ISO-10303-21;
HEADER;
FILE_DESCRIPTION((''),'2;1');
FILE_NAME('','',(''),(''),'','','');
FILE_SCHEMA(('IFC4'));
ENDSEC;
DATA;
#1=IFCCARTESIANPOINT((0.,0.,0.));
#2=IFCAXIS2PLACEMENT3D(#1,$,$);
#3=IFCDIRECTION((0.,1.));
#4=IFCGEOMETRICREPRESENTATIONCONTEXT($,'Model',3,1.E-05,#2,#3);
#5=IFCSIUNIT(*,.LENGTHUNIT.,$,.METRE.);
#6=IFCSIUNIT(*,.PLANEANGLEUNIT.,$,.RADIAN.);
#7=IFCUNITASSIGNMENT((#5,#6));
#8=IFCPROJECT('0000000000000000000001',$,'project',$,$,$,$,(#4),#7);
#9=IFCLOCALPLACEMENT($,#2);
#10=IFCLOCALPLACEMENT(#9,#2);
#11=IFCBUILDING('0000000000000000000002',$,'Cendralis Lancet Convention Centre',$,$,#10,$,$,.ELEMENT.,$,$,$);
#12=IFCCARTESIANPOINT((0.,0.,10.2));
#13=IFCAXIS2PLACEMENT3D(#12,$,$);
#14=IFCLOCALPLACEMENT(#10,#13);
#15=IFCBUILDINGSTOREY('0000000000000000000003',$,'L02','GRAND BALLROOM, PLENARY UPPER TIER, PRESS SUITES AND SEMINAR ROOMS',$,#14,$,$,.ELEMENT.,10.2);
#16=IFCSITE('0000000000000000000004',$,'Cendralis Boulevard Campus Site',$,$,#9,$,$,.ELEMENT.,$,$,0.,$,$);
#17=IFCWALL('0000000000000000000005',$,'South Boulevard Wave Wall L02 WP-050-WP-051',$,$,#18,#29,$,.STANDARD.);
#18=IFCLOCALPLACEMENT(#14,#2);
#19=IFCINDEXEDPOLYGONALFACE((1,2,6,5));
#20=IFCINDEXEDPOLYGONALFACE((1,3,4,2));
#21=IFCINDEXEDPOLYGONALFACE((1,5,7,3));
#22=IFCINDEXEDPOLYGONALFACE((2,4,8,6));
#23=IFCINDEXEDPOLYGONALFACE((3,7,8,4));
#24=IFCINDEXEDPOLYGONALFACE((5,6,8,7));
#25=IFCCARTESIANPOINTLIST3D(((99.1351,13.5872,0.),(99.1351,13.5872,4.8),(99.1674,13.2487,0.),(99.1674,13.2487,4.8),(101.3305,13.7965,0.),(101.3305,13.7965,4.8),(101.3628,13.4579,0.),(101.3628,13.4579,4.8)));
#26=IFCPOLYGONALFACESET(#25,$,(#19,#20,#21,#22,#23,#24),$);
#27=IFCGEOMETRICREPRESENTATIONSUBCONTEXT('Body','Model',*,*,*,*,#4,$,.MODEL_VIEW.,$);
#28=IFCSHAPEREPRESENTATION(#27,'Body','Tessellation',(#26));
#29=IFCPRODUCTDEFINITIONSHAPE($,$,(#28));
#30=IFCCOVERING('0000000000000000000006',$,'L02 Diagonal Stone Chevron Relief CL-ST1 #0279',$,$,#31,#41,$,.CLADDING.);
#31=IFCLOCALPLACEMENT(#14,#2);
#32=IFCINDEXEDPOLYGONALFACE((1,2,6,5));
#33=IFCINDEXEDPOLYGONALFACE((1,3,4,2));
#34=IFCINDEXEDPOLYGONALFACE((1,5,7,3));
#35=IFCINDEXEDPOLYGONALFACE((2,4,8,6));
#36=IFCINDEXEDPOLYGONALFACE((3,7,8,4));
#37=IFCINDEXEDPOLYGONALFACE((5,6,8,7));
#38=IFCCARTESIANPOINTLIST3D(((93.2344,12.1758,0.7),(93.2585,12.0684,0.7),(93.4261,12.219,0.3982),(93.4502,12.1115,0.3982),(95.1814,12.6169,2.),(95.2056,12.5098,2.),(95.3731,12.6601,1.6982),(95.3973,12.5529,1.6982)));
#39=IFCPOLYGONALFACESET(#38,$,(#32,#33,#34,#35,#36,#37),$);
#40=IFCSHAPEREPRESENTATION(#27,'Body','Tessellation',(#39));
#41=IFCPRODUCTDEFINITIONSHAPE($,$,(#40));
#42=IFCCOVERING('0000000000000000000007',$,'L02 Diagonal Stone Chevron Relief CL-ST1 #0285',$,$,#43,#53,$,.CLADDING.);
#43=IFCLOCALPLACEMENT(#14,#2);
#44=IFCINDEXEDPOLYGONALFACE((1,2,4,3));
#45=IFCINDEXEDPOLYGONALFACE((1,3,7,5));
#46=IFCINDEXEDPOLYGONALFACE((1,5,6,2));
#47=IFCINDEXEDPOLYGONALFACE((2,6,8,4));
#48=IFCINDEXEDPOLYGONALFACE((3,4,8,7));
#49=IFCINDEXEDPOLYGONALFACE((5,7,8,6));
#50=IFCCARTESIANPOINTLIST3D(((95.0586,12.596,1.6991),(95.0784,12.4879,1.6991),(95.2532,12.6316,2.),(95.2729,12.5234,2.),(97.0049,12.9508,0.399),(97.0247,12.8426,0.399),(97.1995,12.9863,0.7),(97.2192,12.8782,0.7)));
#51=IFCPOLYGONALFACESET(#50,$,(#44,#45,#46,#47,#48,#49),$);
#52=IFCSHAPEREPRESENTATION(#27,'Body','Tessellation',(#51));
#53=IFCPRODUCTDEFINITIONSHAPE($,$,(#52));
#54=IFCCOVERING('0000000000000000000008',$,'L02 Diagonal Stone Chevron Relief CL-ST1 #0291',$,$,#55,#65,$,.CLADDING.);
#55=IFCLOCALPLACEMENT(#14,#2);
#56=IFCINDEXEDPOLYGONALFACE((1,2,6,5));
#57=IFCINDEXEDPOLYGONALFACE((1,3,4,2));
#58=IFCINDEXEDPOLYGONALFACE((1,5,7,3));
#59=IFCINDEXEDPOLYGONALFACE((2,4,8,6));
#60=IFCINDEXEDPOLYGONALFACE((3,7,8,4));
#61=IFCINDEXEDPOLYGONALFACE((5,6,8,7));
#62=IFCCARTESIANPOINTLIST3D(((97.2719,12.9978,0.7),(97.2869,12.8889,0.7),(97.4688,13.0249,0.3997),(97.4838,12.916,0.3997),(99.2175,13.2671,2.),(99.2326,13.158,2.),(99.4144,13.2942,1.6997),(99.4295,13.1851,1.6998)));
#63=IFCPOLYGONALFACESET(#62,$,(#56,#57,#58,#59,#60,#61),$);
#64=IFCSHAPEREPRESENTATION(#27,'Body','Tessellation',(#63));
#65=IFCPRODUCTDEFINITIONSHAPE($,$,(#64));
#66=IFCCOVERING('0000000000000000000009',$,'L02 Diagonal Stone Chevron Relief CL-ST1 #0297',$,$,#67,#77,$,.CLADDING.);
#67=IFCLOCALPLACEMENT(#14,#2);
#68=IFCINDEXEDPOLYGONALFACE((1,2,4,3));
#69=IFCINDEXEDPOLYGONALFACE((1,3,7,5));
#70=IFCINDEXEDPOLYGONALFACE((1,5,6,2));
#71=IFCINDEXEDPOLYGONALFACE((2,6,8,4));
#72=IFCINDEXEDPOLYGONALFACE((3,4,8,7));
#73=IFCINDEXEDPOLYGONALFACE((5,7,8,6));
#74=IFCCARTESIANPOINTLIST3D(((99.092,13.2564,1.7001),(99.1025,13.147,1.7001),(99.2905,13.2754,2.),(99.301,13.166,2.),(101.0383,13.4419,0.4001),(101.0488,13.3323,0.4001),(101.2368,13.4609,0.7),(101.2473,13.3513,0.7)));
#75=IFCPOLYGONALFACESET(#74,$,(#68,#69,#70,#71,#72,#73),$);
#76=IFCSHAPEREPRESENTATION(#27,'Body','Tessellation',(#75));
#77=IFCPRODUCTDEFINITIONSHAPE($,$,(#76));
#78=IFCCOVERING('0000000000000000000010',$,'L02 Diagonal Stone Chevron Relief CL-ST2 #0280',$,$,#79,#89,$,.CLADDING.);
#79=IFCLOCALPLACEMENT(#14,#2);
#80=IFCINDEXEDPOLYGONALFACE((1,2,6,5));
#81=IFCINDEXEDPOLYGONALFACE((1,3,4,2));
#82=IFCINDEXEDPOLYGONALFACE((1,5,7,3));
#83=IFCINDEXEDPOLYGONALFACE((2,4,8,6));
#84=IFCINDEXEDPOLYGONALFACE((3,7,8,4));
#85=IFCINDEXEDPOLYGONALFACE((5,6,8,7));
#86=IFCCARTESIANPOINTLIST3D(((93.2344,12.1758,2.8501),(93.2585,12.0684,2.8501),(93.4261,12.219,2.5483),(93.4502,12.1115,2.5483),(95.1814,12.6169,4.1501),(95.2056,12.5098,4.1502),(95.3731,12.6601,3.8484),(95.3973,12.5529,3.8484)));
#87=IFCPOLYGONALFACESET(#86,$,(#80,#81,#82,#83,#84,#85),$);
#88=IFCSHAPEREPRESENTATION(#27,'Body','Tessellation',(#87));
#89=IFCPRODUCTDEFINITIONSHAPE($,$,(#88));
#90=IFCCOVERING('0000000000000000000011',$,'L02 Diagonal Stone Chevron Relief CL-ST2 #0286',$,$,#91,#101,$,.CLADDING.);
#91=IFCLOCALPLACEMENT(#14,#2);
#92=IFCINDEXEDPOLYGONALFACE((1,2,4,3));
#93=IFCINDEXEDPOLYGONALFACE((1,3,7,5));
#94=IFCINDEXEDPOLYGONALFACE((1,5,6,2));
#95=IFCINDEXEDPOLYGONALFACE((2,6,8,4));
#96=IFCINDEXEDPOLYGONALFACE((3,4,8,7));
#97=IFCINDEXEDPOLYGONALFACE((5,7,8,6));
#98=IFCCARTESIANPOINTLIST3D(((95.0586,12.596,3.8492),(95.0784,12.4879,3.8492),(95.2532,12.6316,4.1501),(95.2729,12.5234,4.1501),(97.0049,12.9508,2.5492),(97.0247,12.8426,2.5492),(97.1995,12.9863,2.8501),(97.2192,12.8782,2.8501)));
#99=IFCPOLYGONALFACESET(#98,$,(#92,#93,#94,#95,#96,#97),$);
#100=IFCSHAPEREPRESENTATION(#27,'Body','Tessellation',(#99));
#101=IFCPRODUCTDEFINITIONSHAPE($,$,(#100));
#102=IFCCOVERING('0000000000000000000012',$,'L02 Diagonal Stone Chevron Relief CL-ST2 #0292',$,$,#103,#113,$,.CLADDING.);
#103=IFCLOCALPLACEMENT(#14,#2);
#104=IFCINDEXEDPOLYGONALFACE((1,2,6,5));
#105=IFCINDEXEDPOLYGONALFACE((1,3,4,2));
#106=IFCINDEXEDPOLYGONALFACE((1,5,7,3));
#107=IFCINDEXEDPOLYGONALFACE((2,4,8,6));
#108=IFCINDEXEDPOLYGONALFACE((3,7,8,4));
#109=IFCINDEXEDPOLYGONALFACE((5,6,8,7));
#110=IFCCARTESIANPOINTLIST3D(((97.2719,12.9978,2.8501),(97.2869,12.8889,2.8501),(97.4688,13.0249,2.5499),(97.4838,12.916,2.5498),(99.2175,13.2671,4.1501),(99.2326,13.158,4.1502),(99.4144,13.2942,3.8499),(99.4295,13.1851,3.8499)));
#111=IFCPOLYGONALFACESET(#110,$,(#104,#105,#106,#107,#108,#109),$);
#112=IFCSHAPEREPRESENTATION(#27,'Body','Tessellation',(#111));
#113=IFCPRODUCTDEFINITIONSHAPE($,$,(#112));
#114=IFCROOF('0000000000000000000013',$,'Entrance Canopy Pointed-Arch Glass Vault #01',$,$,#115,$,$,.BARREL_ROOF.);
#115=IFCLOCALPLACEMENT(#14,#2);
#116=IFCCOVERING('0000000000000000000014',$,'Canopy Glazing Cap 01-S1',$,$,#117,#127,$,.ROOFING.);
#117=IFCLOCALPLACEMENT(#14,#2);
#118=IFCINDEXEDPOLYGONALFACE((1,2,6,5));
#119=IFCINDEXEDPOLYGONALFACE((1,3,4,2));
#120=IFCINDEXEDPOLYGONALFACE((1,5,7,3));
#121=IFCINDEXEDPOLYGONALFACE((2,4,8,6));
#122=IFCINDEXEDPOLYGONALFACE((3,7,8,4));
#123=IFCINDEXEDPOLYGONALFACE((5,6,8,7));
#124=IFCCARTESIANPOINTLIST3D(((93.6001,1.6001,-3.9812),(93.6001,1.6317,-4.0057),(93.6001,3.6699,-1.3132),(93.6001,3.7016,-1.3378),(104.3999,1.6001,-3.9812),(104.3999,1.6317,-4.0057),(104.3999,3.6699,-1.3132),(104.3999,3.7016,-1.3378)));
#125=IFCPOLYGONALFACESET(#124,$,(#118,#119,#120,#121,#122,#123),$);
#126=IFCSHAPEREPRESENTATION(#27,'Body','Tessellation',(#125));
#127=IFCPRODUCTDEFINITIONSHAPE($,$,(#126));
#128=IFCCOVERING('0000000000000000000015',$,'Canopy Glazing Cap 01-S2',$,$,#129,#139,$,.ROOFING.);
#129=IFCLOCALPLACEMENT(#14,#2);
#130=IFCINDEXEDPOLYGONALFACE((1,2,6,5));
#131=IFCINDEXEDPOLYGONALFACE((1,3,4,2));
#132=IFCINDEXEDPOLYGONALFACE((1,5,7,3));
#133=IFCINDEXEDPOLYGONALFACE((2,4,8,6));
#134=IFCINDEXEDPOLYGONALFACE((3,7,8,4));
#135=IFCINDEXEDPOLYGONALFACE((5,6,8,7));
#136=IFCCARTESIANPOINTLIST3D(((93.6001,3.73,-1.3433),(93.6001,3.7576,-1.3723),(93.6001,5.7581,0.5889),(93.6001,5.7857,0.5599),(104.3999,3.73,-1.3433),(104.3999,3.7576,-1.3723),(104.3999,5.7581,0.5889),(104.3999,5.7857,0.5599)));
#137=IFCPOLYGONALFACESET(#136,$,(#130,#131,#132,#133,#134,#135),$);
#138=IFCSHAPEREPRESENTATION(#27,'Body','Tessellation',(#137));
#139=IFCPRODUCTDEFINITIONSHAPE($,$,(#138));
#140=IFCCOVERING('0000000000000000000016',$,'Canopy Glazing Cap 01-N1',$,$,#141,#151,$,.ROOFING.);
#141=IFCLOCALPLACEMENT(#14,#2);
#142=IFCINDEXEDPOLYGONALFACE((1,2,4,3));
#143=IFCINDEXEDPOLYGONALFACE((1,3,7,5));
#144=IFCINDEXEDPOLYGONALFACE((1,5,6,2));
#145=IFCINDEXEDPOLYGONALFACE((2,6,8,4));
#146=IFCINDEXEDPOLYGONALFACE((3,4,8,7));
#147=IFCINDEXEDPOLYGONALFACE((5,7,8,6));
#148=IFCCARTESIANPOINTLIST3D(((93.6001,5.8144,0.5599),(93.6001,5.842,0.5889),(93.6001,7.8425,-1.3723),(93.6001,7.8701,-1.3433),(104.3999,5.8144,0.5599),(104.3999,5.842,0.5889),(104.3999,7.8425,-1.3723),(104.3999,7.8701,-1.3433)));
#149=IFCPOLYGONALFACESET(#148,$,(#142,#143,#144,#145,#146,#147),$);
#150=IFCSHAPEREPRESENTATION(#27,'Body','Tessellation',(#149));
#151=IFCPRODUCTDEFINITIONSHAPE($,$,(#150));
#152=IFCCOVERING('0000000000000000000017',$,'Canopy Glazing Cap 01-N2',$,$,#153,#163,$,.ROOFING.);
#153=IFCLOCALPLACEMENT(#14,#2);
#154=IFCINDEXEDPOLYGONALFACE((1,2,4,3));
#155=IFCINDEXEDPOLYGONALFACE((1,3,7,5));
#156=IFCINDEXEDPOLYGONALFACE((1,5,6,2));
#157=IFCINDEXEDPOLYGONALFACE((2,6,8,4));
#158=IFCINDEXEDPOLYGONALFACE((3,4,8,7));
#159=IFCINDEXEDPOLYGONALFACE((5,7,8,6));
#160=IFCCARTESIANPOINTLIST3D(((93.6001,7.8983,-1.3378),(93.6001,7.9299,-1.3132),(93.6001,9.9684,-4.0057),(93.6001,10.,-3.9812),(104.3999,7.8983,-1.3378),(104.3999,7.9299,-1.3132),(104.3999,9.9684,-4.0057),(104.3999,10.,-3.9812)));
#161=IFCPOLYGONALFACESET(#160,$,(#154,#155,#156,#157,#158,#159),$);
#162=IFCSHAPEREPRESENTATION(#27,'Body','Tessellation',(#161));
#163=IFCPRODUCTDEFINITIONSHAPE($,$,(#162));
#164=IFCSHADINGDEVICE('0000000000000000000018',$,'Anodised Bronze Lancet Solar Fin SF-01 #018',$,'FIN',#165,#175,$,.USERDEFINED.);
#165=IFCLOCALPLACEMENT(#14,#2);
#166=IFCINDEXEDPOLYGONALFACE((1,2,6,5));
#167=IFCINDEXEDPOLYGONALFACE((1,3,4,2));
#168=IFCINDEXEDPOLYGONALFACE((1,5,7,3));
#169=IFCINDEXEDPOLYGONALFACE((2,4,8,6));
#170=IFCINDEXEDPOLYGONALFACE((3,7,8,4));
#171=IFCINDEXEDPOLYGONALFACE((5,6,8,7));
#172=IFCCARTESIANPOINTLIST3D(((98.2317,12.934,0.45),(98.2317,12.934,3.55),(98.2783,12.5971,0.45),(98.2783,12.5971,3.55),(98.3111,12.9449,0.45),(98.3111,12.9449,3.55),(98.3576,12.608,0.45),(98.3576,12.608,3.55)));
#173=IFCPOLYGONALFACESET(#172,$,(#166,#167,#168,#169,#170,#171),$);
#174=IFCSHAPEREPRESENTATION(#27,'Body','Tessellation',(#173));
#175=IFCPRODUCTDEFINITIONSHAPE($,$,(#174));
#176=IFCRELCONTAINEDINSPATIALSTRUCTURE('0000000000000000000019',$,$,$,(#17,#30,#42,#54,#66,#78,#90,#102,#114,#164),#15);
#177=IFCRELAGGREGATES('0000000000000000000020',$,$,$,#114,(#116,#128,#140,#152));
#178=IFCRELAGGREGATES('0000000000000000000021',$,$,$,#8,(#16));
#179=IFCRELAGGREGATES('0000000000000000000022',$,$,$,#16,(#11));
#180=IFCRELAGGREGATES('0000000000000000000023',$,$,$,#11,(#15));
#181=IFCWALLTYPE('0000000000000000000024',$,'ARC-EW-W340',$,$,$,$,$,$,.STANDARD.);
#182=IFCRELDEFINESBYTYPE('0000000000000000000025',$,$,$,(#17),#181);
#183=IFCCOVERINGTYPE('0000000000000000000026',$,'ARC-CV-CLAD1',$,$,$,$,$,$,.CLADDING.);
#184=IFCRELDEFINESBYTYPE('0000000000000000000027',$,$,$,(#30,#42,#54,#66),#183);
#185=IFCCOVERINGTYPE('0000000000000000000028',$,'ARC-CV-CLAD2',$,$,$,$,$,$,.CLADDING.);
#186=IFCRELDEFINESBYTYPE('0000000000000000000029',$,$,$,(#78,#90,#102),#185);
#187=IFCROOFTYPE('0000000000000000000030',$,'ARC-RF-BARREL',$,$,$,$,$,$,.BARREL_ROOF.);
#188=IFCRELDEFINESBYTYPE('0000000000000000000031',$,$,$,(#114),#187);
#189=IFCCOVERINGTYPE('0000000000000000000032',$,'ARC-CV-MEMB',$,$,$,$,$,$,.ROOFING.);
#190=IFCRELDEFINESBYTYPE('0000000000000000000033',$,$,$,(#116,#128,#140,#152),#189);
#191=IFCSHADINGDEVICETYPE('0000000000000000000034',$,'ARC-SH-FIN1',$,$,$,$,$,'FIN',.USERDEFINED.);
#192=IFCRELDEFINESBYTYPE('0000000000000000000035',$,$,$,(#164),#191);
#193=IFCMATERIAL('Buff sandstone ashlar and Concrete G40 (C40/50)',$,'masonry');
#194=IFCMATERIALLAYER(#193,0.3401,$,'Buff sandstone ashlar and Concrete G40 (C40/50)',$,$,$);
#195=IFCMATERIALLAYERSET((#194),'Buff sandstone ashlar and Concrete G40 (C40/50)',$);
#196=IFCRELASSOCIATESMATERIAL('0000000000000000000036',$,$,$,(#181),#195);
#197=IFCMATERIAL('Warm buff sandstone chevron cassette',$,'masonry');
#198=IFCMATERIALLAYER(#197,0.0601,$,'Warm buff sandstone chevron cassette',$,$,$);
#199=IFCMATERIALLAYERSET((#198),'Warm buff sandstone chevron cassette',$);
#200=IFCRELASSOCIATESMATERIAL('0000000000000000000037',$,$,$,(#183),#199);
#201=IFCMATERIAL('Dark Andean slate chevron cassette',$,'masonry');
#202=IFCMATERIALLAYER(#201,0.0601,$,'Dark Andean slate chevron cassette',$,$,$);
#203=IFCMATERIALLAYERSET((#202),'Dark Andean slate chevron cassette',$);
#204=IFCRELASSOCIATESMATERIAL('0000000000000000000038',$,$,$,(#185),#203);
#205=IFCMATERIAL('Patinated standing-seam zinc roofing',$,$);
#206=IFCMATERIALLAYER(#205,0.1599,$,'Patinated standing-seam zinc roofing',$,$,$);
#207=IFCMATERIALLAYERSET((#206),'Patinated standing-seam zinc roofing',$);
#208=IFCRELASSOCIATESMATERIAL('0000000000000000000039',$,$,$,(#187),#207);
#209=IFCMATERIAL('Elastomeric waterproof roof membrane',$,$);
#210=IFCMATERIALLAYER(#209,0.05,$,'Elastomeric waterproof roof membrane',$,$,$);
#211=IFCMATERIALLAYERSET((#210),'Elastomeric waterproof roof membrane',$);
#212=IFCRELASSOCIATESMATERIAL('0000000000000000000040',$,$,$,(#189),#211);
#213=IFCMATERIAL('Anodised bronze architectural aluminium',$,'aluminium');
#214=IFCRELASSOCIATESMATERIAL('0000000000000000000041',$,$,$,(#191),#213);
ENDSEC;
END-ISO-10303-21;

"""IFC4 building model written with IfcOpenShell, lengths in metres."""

from ifc_helpers import new_model, si_unit, direction, frame, frame_2d, origin, origin_2d, place, context, subcontext, project, spatial, polyline, rectangle, outline, extrude, material, layer, layer_set, type_object, element, aggregate, save


model = new_model("IFC4")

# Units and contexts
model_context = context("Model", 3, precision=1e-05, world=origin(), true_north=direction((0.0, 1.0)))
body_context = subcontext(model_context, "Body", "Model", "MODEL_VIEW")
ifc_project = project(units=[si_unit("LENGTHUNIT", "METRE"), si_unit("PLANEANGLEUNIT", "RADIAN")], contexts=[model_context])

# Site, building, storey
site_placement = place(None, origin())
site = spatial("IfcSite", under=ifc_project, at=site_placement, Name="Cendralis Boulevard Campus Site", CompositionType="ELEMENT", RefElevation=0.0)
building_placement = place(site_placement, origin())
building = spatial("IfcBuilding", under=site, at=building_placement, Name="Cendralis Lancet Convention Centre", CompositionType="ELEMENT")
storey_placement = place(building_placement, frame((0.0, 0.0, 10.2)))
storey = spatial("IfcBuildingStorey", under=building, at=storey_placement, Name="L02", Description="GRAND BALLROOM, PLENARY UPPER TIER, PRESS SUITES AND SEMINAR ROOMS", CompositionType="ELEMENT", Elevation=10.2)

# Shared definitions
ifc_material_1 = material(Name="Warm buff sandstone chevron cassette", Category="masonry")
ifc_material_2 = material(Name="Dark Andean slate chevron cassette", Category="masonry")

# Wall
ifc_material_3 = material(Name="Buff sandstone ashlar and Concrete G40 (C40/50)", Category="masonry")
ifc_layer_1 = layer(ifc_material_3, 0.3401, Name="Buff sandstone ashlar and Concrete G40 (C40/50)")
ifc_layer_set_1 = layer_set([ifc_layer_1], Name="Buff sandstone ashlar and Concrete G40 (C40/50)")
wall_type = type_object("IfcWallType", Name="ARC-EW-W340", PredefinedType="STANDARD", material=ifc_layer_set_1)
wall_1_placement = place(storey_placement, frame((99.1514, 13.418, 0.0), z_axis=(0.0, 0.0, 1.0), x_axis=(0.995489, 0.094877, 0.0)))
element("IfcWall", 1, at=wall_1_placement, inside=storey, type_object=wall_type, Name="South Boulevard Wave Wall L02 WP-050-WP-051", PredefinedType="STANDARD", context=body_context, shape_type="SweptSolid", body=[
    extrude(rectangle(XDim=2.2053, YDim=0.3401, at=frame_2d((1.1025, 0.0))), origin(), (0.0, 0.0, 1.0), 4.8),
])

# Coverings
ifc_layer_2 = layer(ifc_material_1, 0.0601, Name="Warm buff sandstone chevron cassette")
ifc_layer_set_2 = layer_set([ifc_layer_2], Name="Warm buff sandstone chevron cassette")
covering_type_1 = type_object("IfcCoveringType", Name="ARC-CV-CLAD1", PredefinedType="CLADDING", material=ifc_layer_set_2)
covering_1_placement = place(storey_placement, frame((93.2585, 12.0684, 0.7), z_axis=(-0.532354, -0.119916, 0.837985), x_axis=(0.817247, 0.185277, 0.545692)))
element("IfcCovering", 2, at=covering_1_placement, inside=storey, type_object=covering_type_1, Name="L02 Diagonal Stone Chevron Relief CL-ST1 #0279", PredefinedType="CLADDING", context=body_context, shape_type="SweptSolid", body=[
    extrude(outline(polyline([(0.0, 0.0), (2.3824, 0.0), (2.3825, 0.1099), (0.0001, 0.1101), (0.0, 0.0)])), origin(), (0.0, 0.0, -1.0), 0.3601),
])
covering_2_placement = place(storey_placement, frame((95.2729, 12.5234, 2.0), z_axis=(0.540219, 0.098776, 0.835708), x_axis=(0.822163, 0.14985, -0.549175)))
element("IfcCovering", 3, at=covering_2_placement, inside=storey, type_object=covering_type_1, Name="L02 Diagonal Stone Chevron Relief CL-ST1 #0285", PredefinedType="CLADDING", context=body_context, shape_type="SweptSolid", body=[
    extrude(outline(polyline([(0.0, 0.0), (2.3673, 0.0), (2.3672, 0.1099), (-0.0001, 0.1099), (0.0, 0.0)])), origin(), (0.0, 0.0, -1.0), 0.3601),
])
covering_3_placement = place(storey_placement, frame((97.2869, 12.8889, 0.7), z_axis=(-0.546765, -0.07531, 0.833892), x_axis=(0.826033, 0.114214, 0.551927)))
element("IfcCovering", 4, at=covering_3_placement, inside=storey, type_object=covering_type_1, Name="L02 Diagonal Stone Chevron Relief CL-ST1 #0291", PredefinedType="CLADDING", context=body_context, shape_type="SweptSolid", body=[
    extrude(outline(polyline([(0.0, 0.0), (2.3556, 0.0), (2.3555, 0.1102), (0.0001, 0.1099), (0.0, 0.0)])), origin(), (0.0, 0.0, -1.0), 0.3601),
])
covering_4_placement = place(storey_placement, frame((99.301, 13.166, 2.0), z_axis=(0.551184, 0.052845, 0.832709), x_axis=(0.82896, 0.078924, -0.553711)))
element("IfcCovering", 5, at=covering_4_placement, inside=storey, type_object=covering_type_1, Name="L02 Diagonal Stone Chevron Relief CL-ST1 #0297", PredefinedType="CLADDING", context=body_context, shape_type="SweptSolid", body=[
    extrude(outline(polyline([(0.0, 0.0), (2.3479, 0.0), (2.3478, 0.1101), (-0.0001, 0.1099), (0.0, 0.0)])), origin(), (0.0, 0.0, -1.0), 0.3601),
])
ifc_layer_3 = layer(ifc_material_2, 0.0601, Name="Dark Andean slate chevron cassette")
ifc_layer_set_3 = layer_set([ifc_layer_3], Name="Dark Andean slate chevron cassette")
covering_type_2 = type_object("IfcCoveringType", Name="ARC-CV-CLAD2", PredefinedType="CLADDING", material=ifc_layer_set_3)
covering_5_placement = place(storey_placement, frame((93.2585, 12.0684, 2.8501), z_axis=(-0.532354, -0.119916, 0.837985), x_axis=(0.817247, 0.185277, 0.545692)))
element("IfcCovering", 6, at=covering_5_placement, inside=storey, type_object=covering_type_2, Name="L02 Diagonal Stone Chevron Relief CL-ST2 #0280", PredefinedType="CLADDING", context=body_context, shape_type="SweptSolid", body=[
    extrude(outline(polyline([(0.0, 0.0), (2.3824, 0.0), (2.3825, 0.1099), (0.0001, 0.1101), (0.0, 0.0)])), origin(), (0.0, 0.0, -1.0), 0.3601),
])
covering_6_placement = place(storey_placement, frame((95.2729, 12.5234, 4.1501), z_axis=(0.540219, 0.098776, 0.835708), x_axis=(0.822163, 0.14985, -0.549175)))
element("IfcCovering", 7, at=covering_6_placement, inside=storey, type_object=covering_type_2, Name="L02 Diagonal Stone Chevron Relief CL-ST2 #0286", PredefinedType="CLADDING", context=body_context, shape_type="SweptSolid", body=[
    extrude(outline(polyline([(0.0, 0.0), (2.3673, 0.0), (2.3672, 0.1099), (-0.0001, 0.1099), (0.0, 0.0)])), origin(), (0.0, 0.0, -1.0), 0.3601),
])
covering_7_placement = place(storey_placement, frame((97.2869, 12.8889, 2.8501), z_axis=(-0.546765, -0.07531, 0.833892), x_axis=(0.826033, 0.114214, 0.551927)))
element("IfcCovering", 8, at=covering_7_placement, inside=storey, type_object=covering_type_2, Name="L02 Diagonal Stone Chevron Relief CL-ST2 #0292", PredefinedType="CLADDING", context=body_context, shape_type="SweptSolid", body=[
    extrude(outline(polyline([(0.0, 0.0), (2.3556, 0.0), (2.3555, 0.1102), (0.0001, 0.1099), (0.0, 0.0)])), origin(), (0.0, 0.0, -1.0), 0.3601),
])

# Roof, coverings
ifc_material_4 = material(Name="Patinated standing-seam zinc roofing")
ifc_layer_4 = layer(ifc_material_4, 0.1599, Name="Patinated standing-seam zinc roofing")
ifc_layer_set_4 = layer_set([ifc_layer_4], Name="Patinated standing-seam zinc roofing")
roof_type = type_object("IfcRoofType", Name="ARC-RF-BARREL", PredefinedType="BARREL_ROOF", material=ifc_layer_set_4)
roof_placement = place(storey_placement, origin())
roof = element("IfcRoof", 9, at=roof_placement, inside=storey, type_object=roof_type, Name="Entrance Canopy Pointed-Arch Glass Vault #01", PredefinedType="BARREL_ROOF")
ifc_material_5 = material(Name="Elastomeric waterproof roof membrane")
ifc_layer_5 = layer(ifc_material_5, 0.05, Name="Elastomeric waterproof roof membrane")
ifc_layer_set_5 = layer_set([ifc_layer_5], Name="Elastomeric waterproof roof membrane")
covering_type_3 = type_object("IfcCoveringType", Name="ARC-CV-MEMB", PredefinedType="ROOFING", material=ifc_layer_set_5)
covering_8_placement = place(storey_placement, frame((93.6001, 1.6001, -3.9812), z_axis=(0.0, -0.790107, 0.612969), x_axis=(1.0, 0.0, 0.0)))
covering_8 = element("IfcCovering", 10, at=covering_8_placement, type_object=covering_type_3, Name="Canopy Glazing Cap 01-S1", PredefinedType="ROOFING", context=body_context, shape_type="SweptSolid", body=[
    extrude(outline(polyline([(0.0, 0.0), (10.7998, 0.0), (10.7998, 3.3767), (0.0, 3.3767), (0.0, 0.0)])), origin(), (0.0, 0.0, -1.0), 0.04),
])
covering_9_placement = place(storey_placement, frame((93.6001, 3.73, -1.3433), z_axis=(0.0, -0.689773, 0.724026), x_axis=(1.0, 0.0, 0.0)))
covering_9 = element("IfcCovering", 11, at=covering_9_placement, type_object=covering_type_3, Name="Canopy Glazing Cap 01-S2", PredefinedType="ROOFING", context=body_context, shape_type="SweptSolid", body=[
    extrude(outline(polyline([(0.0, 0.0), (10.7998, 0.0), (10.7998, 2.8011), (0.0, 2.8011), (0.0, 0.0)])), origin(), (0.0, 0.0, -1.0), 0.04),
])
covering_10_placement = place(storey_placement, frame((93.6001, 5.842, 0.5889), z_axis=(0.0, 0.689773, 0.724026), x_axis=(1.0, 0.0, 0.0)))
covering_10 = element("IfcCovering", 12, at=covering_10_placement, type_object=covering_type_3, Name="Canopy Glazing Cap 01-N1", PredefinedType="ROOFING", context=body_context, shape_type="SweptSolid", body=[
    extrude(outline(polyline([(0.0, 0.0), (10.7998, 0.0), (10.7998, 2.8011), (0.0, 2.8011), (0.0, 0.0)])), origin(), (0.0, 0.0, -1.0), 0.04),
])
covering_11_placement = place(storey_placement, frame((93.6001, 7.9299, -1.3132), z_axis=(0.0, 0.790072, 0.613014), x_axis=(1.0, 0.0, 0.0)))
covering_11 = element("IfcCovering", 13, at=covering_11_placement, type_object=covering_type_3, Name="Canopy Glazing Cap 01-N2", PredefinedType="ROOFING", context=body_context, shape_type="SweptSolid", body=[
    extrude(outline(polyline([(0.0, 0.0), (10.7998, 0.0), (10.7998, 3.3769), (0.0, 3.3769), (0.0, 0.0)])), origin(), (0.0, 0.0, -1.0), 0.04),
])
aggregate(roof, [covering_8, covering_9, covering_10, covering_11])

# Shading device
ifc_material_6 = material(Name="Anodised bronze architectural aluminium", Category="aluminium")
shading_device_type = type_object("IfcShadingDeviceType", Name="ARC-SH-FIN1", ElementType="FIN", PredefinedType="USERDEFINED", material=ifc_material_6)
shading_device_placement = place(storey_placement, frame((98.2947, 12.771, 0.45), z_axis=(0.0, 0.0, 1.0), x_axis=(0.990577, 0.13696, 0.0)))
element("IfcShadingDevice", 14, at=shading_device_placement, inside=storey, type_object=shading_device_type, Name="Anodised Bronze Lancet Solar Fin SF-01 #018", ObjectType="FIN", PredefinedType="USERDEFINED", context=body_context, shape_type="SweptSolid", body=[
    extrude(rectangle(XDim=0.0801, YDim=0.3401, at=origin_2d()), origin(), (0.0, 0.0, 1.0), 3.1001),
])

save(model, "model.ifc")
